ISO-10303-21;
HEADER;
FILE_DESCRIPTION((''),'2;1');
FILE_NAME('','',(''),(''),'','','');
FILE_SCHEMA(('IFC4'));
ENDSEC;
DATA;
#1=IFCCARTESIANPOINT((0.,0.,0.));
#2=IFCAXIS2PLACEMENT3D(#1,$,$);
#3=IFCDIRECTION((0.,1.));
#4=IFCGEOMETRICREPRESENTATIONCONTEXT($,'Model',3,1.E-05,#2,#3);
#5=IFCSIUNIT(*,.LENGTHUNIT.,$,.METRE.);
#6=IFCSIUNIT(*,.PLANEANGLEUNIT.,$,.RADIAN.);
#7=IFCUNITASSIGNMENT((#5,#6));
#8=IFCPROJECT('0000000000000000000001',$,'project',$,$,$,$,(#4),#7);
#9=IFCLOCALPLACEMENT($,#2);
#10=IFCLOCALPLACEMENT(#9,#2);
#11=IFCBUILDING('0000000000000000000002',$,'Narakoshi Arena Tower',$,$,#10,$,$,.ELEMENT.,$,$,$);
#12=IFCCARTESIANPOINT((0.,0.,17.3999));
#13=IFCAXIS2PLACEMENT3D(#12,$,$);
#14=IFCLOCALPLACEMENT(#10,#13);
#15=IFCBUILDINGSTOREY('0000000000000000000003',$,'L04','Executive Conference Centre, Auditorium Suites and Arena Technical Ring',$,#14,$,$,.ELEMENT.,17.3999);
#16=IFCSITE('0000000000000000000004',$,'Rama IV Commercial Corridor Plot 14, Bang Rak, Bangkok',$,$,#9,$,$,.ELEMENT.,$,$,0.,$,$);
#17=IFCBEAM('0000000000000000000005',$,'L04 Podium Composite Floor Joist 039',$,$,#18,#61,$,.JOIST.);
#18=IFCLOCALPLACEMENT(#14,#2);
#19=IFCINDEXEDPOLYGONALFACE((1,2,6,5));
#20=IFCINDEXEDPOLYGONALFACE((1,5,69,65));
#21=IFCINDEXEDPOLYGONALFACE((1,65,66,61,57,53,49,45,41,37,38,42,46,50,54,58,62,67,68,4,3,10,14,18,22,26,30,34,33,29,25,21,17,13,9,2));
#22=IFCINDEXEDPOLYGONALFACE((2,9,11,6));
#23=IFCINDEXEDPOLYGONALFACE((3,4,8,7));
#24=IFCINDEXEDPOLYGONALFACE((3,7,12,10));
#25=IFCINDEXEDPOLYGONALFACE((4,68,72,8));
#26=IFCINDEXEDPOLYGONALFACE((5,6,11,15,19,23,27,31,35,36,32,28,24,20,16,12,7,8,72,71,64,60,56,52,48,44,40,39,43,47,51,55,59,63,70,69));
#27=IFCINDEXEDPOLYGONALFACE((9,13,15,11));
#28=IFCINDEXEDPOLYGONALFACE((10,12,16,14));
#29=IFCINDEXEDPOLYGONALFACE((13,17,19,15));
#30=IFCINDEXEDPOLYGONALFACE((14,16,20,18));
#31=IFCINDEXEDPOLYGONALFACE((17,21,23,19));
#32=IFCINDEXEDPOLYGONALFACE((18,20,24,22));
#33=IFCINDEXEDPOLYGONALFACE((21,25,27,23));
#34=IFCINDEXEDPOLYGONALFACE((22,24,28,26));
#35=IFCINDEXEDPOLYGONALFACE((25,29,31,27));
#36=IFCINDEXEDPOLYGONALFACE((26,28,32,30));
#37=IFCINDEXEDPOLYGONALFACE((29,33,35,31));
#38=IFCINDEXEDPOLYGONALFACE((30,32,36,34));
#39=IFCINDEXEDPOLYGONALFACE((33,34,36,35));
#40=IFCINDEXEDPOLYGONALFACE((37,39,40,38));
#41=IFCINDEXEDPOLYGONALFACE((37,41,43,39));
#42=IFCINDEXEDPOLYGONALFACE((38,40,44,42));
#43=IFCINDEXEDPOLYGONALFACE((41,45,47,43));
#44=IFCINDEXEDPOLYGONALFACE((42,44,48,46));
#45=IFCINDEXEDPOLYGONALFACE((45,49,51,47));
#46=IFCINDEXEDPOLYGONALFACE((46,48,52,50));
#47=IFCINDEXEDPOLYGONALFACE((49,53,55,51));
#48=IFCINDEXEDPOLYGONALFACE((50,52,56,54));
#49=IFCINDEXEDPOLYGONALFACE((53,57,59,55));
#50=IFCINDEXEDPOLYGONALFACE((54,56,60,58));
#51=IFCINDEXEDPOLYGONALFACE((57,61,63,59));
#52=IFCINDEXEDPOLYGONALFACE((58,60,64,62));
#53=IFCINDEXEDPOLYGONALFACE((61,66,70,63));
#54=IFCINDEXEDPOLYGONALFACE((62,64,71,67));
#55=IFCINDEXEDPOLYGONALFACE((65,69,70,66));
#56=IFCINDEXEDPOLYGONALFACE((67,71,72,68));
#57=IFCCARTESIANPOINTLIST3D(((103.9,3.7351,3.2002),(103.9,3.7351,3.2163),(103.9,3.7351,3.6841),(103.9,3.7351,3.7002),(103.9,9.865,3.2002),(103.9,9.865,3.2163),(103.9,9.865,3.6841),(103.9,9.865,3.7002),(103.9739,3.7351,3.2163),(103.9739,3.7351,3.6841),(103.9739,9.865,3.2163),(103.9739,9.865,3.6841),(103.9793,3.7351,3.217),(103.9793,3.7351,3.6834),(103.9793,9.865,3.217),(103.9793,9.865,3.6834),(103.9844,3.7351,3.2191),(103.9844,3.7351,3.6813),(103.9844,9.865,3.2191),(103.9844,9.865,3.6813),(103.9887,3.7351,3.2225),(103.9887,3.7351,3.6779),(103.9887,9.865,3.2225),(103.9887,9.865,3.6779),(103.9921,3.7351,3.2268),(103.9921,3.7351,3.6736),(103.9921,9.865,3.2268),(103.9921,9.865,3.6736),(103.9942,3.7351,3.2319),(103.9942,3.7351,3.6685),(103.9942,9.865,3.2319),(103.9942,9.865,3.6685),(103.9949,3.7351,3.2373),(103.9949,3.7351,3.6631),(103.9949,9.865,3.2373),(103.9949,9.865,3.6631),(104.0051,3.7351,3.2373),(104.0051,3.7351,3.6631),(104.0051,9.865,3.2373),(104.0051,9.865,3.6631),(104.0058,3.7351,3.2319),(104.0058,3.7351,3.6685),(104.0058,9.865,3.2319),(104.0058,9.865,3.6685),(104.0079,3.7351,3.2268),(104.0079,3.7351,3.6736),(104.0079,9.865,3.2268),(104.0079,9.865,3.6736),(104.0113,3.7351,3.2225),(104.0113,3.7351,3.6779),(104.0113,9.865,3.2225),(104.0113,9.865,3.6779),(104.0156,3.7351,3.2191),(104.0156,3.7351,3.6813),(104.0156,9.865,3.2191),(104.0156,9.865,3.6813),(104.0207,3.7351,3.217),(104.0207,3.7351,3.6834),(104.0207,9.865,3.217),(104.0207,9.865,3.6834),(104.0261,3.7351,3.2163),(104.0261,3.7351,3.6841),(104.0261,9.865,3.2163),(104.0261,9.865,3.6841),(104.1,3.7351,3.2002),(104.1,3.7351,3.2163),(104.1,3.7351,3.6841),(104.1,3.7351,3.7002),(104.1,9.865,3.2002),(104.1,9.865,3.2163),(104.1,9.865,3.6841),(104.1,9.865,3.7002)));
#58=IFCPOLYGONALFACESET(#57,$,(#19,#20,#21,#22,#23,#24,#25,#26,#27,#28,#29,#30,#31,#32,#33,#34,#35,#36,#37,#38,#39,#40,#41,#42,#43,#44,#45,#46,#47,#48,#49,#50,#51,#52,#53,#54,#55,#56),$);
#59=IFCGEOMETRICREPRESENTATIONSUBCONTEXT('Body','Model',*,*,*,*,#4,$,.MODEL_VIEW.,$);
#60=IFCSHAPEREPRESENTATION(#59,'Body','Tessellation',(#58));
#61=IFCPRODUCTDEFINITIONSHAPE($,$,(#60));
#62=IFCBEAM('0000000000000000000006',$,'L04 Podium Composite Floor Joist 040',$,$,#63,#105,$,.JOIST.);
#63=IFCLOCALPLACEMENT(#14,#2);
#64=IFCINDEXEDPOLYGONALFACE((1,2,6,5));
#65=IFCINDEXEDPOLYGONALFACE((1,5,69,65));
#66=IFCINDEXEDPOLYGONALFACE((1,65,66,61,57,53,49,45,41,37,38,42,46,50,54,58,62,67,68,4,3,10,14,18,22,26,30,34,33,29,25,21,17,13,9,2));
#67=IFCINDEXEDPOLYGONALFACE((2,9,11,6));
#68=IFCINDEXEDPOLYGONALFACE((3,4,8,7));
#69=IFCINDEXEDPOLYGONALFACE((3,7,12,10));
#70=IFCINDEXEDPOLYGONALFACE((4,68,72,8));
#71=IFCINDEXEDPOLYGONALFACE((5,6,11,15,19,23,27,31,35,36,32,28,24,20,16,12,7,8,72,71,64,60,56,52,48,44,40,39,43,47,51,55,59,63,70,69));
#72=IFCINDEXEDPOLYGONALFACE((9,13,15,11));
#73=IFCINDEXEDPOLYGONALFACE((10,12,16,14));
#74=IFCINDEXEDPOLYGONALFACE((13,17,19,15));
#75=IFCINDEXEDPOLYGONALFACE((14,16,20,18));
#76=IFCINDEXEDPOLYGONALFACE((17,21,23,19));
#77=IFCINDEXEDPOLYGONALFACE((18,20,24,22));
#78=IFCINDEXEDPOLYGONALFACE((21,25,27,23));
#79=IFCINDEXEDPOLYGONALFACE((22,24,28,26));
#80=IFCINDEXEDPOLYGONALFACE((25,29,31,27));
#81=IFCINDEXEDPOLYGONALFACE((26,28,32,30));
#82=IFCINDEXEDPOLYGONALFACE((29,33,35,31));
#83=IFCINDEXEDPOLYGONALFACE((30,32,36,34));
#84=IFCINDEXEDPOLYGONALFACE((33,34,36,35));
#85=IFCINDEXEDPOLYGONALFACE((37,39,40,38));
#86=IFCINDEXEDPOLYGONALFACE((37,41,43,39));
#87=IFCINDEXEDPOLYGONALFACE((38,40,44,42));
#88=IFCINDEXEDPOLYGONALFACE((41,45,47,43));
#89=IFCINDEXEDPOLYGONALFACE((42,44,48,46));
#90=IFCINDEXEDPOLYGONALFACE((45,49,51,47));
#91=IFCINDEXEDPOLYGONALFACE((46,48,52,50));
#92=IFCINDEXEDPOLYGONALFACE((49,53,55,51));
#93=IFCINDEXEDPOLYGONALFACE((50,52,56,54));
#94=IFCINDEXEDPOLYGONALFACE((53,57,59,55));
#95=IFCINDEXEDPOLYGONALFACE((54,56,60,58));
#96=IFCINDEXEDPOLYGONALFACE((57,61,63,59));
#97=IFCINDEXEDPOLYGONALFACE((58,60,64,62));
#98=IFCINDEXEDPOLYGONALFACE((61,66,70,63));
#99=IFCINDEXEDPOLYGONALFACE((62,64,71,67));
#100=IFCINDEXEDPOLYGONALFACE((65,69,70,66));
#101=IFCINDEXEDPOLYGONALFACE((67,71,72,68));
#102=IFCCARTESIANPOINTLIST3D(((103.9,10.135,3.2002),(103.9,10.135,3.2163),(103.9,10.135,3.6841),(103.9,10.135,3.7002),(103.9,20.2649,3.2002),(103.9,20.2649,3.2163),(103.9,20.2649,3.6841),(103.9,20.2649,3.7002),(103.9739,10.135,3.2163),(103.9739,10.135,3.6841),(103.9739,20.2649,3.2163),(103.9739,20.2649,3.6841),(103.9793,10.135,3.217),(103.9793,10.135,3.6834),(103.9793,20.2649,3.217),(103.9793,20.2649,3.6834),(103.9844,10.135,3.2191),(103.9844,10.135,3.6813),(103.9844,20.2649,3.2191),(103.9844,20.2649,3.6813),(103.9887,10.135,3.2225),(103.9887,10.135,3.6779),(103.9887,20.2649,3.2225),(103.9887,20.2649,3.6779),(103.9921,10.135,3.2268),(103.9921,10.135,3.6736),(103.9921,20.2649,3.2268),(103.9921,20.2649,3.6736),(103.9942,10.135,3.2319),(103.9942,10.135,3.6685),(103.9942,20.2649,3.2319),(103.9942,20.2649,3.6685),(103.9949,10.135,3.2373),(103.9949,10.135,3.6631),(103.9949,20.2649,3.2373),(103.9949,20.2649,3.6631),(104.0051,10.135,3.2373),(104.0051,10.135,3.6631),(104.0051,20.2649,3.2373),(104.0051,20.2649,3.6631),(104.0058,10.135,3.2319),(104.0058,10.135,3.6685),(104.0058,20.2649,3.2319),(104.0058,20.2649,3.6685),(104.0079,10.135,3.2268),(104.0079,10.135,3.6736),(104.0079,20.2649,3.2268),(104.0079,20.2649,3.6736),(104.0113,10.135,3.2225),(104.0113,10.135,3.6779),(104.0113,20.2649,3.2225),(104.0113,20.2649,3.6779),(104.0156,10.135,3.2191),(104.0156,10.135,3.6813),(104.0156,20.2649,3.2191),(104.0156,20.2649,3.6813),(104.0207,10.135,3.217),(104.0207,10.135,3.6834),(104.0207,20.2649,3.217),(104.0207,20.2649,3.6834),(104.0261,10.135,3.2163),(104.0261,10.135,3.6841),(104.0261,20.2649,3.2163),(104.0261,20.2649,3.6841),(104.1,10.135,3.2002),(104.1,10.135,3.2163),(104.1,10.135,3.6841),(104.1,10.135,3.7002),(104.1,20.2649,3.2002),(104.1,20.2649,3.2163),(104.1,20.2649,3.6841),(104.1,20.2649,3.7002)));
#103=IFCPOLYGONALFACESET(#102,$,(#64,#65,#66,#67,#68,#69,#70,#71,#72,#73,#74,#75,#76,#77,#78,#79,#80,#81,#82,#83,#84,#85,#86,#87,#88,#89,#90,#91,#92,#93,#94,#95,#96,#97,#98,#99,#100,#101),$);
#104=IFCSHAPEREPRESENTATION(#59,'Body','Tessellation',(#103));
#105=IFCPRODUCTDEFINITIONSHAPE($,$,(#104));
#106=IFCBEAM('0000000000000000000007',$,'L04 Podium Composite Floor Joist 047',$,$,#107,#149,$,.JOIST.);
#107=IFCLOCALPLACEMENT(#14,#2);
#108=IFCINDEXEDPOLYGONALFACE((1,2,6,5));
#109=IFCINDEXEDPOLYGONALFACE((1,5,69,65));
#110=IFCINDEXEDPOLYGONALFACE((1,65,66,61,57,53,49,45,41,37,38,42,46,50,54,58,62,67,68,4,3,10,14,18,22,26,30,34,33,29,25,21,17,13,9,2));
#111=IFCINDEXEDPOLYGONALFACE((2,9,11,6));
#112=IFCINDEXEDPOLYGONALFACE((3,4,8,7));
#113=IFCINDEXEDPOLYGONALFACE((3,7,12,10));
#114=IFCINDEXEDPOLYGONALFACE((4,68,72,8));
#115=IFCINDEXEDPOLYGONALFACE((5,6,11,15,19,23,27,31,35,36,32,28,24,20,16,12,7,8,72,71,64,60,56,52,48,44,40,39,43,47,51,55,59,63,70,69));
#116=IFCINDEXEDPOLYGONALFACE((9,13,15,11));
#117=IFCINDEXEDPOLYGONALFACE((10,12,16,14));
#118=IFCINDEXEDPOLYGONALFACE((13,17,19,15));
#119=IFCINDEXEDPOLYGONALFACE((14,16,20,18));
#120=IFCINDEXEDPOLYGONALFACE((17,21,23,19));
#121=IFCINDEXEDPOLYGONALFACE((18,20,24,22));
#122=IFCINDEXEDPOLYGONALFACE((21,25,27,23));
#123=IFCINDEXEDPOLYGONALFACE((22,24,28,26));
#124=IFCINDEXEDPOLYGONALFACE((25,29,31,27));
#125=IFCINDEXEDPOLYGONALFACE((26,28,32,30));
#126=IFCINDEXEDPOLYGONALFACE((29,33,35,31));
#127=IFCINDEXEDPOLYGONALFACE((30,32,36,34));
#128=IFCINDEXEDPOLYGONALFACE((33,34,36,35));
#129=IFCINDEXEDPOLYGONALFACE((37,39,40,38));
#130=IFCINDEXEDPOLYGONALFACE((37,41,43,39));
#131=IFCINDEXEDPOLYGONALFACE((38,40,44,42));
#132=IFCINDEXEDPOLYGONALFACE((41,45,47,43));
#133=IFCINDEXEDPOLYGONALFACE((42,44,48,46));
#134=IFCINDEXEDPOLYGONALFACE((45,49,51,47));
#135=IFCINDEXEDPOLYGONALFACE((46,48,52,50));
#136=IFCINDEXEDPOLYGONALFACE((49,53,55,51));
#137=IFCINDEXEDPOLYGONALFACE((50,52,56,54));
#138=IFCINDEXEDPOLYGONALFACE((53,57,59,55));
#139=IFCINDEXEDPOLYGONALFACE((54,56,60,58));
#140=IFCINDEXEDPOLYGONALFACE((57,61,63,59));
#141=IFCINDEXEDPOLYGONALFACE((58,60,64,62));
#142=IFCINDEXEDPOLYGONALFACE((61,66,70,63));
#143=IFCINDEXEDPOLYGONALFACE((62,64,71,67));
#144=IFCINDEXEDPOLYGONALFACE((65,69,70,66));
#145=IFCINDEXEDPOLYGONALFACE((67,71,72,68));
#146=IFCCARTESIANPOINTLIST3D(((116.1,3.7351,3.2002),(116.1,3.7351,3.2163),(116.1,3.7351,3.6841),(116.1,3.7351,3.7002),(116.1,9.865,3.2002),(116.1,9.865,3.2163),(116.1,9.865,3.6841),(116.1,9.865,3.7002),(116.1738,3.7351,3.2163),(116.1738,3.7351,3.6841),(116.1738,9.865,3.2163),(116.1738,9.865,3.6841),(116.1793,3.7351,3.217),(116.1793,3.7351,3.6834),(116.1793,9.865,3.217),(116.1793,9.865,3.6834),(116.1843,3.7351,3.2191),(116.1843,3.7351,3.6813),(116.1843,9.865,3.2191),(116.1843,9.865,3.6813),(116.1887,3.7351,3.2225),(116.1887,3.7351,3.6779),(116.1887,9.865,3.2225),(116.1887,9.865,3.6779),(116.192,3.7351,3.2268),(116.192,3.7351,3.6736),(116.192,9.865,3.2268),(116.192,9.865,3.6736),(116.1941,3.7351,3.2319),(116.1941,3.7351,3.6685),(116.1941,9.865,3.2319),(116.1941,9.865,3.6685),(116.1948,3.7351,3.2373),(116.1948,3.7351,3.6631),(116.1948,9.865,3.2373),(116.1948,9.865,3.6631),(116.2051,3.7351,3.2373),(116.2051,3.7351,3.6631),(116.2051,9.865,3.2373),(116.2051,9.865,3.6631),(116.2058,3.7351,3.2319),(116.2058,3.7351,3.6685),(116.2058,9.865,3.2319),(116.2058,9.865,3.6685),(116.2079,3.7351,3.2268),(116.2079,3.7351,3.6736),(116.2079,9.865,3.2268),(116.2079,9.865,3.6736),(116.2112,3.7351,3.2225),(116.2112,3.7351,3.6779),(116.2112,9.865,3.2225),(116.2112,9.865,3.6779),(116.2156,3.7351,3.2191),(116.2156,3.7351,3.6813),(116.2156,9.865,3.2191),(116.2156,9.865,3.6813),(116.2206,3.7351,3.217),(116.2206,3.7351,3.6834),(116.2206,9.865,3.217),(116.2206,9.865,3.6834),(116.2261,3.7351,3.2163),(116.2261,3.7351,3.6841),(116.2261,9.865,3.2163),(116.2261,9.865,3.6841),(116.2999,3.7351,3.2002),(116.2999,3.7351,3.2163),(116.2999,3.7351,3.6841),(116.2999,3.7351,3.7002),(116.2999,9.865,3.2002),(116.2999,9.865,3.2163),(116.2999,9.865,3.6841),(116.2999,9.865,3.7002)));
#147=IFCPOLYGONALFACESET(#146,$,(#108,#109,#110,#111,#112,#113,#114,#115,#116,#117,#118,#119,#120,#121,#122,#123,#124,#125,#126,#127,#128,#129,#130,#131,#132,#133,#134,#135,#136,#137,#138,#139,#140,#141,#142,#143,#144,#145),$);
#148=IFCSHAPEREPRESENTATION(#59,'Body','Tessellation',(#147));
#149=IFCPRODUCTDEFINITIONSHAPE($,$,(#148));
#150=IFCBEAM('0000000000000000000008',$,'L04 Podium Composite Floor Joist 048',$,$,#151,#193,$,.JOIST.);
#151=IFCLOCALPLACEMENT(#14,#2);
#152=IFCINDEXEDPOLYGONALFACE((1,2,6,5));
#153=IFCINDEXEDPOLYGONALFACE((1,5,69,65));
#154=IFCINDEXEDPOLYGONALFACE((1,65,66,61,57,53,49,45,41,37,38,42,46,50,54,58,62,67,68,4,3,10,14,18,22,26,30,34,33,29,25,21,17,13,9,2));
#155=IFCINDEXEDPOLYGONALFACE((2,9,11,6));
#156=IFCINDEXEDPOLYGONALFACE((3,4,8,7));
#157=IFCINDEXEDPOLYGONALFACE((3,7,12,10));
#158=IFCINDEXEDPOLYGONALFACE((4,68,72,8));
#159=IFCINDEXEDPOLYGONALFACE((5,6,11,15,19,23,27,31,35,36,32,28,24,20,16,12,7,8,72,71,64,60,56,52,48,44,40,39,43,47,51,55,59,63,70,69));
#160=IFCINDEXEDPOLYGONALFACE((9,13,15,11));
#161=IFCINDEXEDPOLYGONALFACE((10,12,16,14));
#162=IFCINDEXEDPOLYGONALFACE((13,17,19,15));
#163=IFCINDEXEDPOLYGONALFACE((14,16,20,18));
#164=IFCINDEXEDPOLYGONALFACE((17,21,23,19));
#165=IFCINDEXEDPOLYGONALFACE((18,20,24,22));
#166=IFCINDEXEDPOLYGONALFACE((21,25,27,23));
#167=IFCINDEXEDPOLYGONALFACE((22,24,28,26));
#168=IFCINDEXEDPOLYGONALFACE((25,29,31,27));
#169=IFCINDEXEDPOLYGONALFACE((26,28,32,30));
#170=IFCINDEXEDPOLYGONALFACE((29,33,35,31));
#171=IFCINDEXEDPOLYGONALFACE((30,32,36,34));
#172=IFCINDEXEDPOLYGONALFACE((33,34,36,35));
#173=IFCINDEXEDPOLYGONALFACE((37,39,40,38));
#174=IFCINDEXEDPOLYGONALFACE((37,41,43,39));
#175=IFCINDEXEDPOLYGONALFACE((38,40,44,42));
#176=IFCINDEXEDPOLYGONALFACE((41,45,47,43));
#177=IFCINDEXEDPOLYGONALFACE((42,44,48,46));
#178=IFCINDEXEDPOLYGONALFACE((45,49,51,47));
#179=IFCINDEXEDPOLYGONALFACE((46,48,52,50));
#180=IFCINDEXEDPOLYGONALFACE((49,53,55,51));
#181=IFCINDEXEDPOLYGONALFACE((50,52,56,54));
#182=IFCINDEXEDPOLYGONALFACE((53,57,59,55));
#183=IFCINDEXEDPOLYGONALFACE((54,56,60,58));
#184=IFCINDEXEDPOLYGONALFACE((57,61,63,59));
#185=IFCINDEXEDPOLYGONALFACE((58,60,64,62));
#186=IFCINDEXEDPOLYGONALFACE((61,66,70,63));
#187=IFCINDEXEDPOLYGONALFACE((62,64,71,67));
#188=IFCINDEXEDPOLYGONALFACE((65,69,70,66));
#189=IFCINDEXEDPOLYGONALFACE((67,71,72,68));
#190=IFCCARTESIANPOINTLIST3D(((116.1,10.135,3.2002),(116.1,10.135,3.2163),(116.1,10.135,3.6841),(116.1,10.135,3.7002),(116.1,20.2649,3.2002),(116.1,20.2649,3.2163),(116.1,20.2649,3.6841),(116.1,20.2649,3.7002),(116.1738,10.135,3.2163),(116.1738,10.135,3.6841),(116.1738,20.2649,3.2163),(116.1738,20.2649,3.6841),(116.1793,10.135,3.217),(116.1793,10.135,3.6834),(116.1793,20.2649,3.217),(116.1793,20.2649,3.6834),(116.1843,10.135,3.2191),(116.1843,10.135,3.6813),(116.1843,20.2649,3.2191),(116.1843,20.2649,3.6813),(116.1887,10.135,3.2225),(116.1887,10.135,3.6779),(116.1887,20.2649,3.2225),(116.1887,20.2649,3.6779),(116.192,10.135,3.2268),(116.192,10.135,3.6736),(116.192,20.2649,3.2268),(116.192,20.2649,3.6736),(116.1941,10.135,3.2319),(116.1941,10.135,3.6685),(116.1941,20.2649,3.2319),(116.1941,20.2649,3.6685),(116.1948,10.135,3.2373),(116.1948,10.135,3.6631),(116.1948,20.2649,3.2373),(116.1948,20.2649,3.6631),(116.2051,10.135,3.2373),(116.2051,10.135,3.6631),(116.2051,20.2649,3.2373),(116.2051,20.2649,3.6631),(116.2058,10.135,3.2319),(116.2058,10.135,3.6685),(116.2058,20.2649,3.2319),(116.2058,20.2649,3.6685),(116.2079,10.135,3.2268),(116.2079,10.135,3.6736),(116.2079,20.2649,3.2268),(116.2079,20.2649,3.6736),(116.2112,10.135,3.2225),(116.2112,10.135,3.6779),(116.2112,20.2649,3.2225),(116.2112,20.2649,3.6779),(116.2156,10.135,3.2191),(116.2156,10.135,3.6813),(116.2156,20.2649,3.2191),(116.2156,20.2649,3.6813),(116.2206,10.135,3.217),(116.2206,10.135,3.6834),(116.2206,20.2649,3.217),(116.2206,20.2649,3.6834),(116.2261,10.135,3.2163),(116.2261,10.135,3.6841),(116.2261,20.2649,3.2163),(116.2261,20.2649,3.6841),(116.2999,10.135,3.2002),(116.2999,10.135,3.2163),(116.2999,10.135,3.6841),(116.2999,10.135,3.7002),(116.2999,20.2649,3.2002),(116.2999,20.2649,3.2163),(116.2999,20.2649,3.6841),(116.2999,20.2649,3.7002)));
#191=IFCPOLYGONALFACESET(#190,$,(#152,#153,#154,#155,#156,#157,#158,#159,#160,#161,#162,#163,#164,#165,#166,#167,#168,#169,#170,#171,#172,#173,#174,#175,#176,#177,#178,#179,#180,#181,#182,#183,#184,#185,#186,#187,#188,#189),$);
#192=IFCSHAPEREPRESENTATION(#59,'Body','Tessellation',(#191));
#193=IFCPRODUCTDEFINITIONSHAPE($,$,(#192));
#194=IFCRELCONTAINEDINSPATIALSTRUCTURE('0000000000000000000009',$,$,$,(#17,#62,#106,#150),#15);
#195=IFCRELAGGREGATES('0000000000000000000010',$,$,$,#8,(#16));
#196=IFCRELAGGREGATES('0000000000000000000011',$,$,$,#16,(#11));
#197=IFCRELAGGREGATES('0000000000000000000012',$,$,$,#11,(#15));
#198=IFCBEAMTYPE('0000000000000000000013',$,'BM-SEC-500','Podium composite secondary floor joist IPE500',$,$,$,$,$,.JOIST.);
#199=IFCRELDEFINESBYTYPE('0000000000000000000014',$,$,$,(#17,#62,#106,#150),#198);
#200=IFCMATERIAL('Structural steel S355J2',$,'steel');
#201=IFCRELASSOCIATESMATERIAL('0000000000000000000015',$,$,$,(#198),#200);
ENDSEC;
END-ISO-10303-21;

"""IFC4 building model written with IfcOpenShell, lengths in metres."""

from ifc_helpers import new_model, si_unit, direction, frame, origin, origin_2d, place, context, subcontext, project, spatial, i_section, extrude, material, material_profile, profile_set, type_object, element, save


model = new_model("IFC4")

# Units and contexts
model_context = context("Model", 3, precision=1e-05, world=origin(), true_north=direction((0.0, 1.0)))
body_context = subcontext(model_context, "Body", "Model", "MODEL_VIEW")
ifc_project = project(units=[si_unit("LENGTHUNIT", "METRE"), si_unit("PLANEANGLEUNIT", "RADIAN")], contexts=[model_context])

# Site, building, storey
site_placement = place(None, origin())
site = spatial("IfcSite", under=ifc_project, at=site_placement, Name="Rama IV Commercial Corridor Plot 14, Bang Rak, Bangkok", CompositionType="ELEMENT", RefElevation=0.0)
building_placement = place(site_placement, origin())
building = spatial("IfcBuilding", under=site, at=building_placement, Name="Narakoshi Arena Tower", CompositionType="ELEMENT")
storey_placement = place(building_placement, frame((0.0, 0.0, 17.3999)))
storey = spatial("IfcBuildingStorey", under=building, at=storey_placement, Name="L04", Description="Executive Conference Centre, Auditorium Suites and Arena Technical Ring", CompositionType="ELEMENT", Elevation=17.3999)

# Beams
ifc_material_1 = material(Name="Structural steel S355J2", Category="steel")
ifc_material_profile_1 = material_profile(ifc_material_1, i_section(OverallWidth=0.2, OverallDepth=0.5, WebThickness=0.0103, FlangeThickness=0.0161, FilletRadius=0.021, at=origin_2d()), Name="IPE500")
ifc_profile_set_1 = profile_set([ifc_material_profile_1], Name="Structural steel S355J2")
beam_type_1 = type_object("IfcBeamType", Name="BM-SEC-500", Description="Podium composite secondary floor joist IPE500", PredefinedType="JOIST", material=ifc_profile_set_1)
beam_1_placement = place(storey_placement, frame((104.0, 3.7351, 3.4502), z_axis=(0.0, 1.0, 0.0), x_axis=(-1.0, 0.0, 0.0)))
element("IfcBeam", 1, at=beam_1_placement, inside=storey, type_object=beam_type_1, Name="L04 Podium Composite Floor Joist 039", PredefinedType="JOIST", context=body_context, shape_type="SweptSolid", body=[
    extrude(i_section(OverallWidth=0.2, OverallDepth=0.5, WebThickness=0.0103, FlangeThickness=0.0161, FilletRadius=0.021, at=origin_2d()), origin(), (0.0, 0.0, 1.0), 6.1299),
])
beam_2_placement = place(storey_placement, frame((104.0, 10.135, 3.4502), z_axis=(0.0, 1.0, 0.0), x_axis=(-1.0, 0.0, 0.0)))
element("IfcBeam", 2, at=beam_2_placement, inside=storey, type_object=beam_type_1, Name="L04 Podium Composite Floor Joist 040", PredefinedType="JOIST", context=body_context, shape_type="SweptSolid", body=[
    extrude(i_section(OverallWidth=0.2, OverallDepth=0.5, WebThickness=0.0103, FlangeThickness=0.0161, FilletRadius=0.021, at=origin_2d()), origin(), (0.0, 0.0, 1.0), 10.1299),
])
beam_3_placement = place(storey_placement, frame((116.2, 3.7351, 3.4502), z_axis=(0.0, 1.0, 0.0), x_axis=(-1.0, 0.0, 0.0)))
element("IfcBeam", 3, at=beam_3_placement, inside=storey, type_object=beam_type_1, Name="L04 Podium Composite Floor Joist 047", PredefinedType="JOIST", context=body_context, shape_type="SweptSolid", body=[
    extrude(i_section(OverallWidth=0.2, OverallDepth=0.5, WebThickness=0.0103, FlangeThickness=0.0161, FilletRadius=0.021, at=origin_2d()), origin(), (0.0, 0.0, 1.0), 6.1299),
])
beam_4_placement = place(storey_placement, frame((116.2, 10.135, 3.4502), z_axis=(0.0, 1.0, 0.0), x_axis=(-1.0, 0.0, 0.0)))
element("IfcBeam", 4, at=beam_4_placement, inside=storey, type_object=beam_type_1, Name="L04 Podium Composite Floor Joist 048", PredefinedType="JOIST", context=body_context, shape_type="SweptSolid", body=[
    extrude(i_section(OverallWidth=0.2, OverallDepth=0.5, WebThickness=0.0103, FlangeThickness=0.0161, FilletRadius=0.021, at=origin_2d()), origin(), (0.0, 0.0, 1.0), 10.1299),
])

save(model, "model.ifc")
